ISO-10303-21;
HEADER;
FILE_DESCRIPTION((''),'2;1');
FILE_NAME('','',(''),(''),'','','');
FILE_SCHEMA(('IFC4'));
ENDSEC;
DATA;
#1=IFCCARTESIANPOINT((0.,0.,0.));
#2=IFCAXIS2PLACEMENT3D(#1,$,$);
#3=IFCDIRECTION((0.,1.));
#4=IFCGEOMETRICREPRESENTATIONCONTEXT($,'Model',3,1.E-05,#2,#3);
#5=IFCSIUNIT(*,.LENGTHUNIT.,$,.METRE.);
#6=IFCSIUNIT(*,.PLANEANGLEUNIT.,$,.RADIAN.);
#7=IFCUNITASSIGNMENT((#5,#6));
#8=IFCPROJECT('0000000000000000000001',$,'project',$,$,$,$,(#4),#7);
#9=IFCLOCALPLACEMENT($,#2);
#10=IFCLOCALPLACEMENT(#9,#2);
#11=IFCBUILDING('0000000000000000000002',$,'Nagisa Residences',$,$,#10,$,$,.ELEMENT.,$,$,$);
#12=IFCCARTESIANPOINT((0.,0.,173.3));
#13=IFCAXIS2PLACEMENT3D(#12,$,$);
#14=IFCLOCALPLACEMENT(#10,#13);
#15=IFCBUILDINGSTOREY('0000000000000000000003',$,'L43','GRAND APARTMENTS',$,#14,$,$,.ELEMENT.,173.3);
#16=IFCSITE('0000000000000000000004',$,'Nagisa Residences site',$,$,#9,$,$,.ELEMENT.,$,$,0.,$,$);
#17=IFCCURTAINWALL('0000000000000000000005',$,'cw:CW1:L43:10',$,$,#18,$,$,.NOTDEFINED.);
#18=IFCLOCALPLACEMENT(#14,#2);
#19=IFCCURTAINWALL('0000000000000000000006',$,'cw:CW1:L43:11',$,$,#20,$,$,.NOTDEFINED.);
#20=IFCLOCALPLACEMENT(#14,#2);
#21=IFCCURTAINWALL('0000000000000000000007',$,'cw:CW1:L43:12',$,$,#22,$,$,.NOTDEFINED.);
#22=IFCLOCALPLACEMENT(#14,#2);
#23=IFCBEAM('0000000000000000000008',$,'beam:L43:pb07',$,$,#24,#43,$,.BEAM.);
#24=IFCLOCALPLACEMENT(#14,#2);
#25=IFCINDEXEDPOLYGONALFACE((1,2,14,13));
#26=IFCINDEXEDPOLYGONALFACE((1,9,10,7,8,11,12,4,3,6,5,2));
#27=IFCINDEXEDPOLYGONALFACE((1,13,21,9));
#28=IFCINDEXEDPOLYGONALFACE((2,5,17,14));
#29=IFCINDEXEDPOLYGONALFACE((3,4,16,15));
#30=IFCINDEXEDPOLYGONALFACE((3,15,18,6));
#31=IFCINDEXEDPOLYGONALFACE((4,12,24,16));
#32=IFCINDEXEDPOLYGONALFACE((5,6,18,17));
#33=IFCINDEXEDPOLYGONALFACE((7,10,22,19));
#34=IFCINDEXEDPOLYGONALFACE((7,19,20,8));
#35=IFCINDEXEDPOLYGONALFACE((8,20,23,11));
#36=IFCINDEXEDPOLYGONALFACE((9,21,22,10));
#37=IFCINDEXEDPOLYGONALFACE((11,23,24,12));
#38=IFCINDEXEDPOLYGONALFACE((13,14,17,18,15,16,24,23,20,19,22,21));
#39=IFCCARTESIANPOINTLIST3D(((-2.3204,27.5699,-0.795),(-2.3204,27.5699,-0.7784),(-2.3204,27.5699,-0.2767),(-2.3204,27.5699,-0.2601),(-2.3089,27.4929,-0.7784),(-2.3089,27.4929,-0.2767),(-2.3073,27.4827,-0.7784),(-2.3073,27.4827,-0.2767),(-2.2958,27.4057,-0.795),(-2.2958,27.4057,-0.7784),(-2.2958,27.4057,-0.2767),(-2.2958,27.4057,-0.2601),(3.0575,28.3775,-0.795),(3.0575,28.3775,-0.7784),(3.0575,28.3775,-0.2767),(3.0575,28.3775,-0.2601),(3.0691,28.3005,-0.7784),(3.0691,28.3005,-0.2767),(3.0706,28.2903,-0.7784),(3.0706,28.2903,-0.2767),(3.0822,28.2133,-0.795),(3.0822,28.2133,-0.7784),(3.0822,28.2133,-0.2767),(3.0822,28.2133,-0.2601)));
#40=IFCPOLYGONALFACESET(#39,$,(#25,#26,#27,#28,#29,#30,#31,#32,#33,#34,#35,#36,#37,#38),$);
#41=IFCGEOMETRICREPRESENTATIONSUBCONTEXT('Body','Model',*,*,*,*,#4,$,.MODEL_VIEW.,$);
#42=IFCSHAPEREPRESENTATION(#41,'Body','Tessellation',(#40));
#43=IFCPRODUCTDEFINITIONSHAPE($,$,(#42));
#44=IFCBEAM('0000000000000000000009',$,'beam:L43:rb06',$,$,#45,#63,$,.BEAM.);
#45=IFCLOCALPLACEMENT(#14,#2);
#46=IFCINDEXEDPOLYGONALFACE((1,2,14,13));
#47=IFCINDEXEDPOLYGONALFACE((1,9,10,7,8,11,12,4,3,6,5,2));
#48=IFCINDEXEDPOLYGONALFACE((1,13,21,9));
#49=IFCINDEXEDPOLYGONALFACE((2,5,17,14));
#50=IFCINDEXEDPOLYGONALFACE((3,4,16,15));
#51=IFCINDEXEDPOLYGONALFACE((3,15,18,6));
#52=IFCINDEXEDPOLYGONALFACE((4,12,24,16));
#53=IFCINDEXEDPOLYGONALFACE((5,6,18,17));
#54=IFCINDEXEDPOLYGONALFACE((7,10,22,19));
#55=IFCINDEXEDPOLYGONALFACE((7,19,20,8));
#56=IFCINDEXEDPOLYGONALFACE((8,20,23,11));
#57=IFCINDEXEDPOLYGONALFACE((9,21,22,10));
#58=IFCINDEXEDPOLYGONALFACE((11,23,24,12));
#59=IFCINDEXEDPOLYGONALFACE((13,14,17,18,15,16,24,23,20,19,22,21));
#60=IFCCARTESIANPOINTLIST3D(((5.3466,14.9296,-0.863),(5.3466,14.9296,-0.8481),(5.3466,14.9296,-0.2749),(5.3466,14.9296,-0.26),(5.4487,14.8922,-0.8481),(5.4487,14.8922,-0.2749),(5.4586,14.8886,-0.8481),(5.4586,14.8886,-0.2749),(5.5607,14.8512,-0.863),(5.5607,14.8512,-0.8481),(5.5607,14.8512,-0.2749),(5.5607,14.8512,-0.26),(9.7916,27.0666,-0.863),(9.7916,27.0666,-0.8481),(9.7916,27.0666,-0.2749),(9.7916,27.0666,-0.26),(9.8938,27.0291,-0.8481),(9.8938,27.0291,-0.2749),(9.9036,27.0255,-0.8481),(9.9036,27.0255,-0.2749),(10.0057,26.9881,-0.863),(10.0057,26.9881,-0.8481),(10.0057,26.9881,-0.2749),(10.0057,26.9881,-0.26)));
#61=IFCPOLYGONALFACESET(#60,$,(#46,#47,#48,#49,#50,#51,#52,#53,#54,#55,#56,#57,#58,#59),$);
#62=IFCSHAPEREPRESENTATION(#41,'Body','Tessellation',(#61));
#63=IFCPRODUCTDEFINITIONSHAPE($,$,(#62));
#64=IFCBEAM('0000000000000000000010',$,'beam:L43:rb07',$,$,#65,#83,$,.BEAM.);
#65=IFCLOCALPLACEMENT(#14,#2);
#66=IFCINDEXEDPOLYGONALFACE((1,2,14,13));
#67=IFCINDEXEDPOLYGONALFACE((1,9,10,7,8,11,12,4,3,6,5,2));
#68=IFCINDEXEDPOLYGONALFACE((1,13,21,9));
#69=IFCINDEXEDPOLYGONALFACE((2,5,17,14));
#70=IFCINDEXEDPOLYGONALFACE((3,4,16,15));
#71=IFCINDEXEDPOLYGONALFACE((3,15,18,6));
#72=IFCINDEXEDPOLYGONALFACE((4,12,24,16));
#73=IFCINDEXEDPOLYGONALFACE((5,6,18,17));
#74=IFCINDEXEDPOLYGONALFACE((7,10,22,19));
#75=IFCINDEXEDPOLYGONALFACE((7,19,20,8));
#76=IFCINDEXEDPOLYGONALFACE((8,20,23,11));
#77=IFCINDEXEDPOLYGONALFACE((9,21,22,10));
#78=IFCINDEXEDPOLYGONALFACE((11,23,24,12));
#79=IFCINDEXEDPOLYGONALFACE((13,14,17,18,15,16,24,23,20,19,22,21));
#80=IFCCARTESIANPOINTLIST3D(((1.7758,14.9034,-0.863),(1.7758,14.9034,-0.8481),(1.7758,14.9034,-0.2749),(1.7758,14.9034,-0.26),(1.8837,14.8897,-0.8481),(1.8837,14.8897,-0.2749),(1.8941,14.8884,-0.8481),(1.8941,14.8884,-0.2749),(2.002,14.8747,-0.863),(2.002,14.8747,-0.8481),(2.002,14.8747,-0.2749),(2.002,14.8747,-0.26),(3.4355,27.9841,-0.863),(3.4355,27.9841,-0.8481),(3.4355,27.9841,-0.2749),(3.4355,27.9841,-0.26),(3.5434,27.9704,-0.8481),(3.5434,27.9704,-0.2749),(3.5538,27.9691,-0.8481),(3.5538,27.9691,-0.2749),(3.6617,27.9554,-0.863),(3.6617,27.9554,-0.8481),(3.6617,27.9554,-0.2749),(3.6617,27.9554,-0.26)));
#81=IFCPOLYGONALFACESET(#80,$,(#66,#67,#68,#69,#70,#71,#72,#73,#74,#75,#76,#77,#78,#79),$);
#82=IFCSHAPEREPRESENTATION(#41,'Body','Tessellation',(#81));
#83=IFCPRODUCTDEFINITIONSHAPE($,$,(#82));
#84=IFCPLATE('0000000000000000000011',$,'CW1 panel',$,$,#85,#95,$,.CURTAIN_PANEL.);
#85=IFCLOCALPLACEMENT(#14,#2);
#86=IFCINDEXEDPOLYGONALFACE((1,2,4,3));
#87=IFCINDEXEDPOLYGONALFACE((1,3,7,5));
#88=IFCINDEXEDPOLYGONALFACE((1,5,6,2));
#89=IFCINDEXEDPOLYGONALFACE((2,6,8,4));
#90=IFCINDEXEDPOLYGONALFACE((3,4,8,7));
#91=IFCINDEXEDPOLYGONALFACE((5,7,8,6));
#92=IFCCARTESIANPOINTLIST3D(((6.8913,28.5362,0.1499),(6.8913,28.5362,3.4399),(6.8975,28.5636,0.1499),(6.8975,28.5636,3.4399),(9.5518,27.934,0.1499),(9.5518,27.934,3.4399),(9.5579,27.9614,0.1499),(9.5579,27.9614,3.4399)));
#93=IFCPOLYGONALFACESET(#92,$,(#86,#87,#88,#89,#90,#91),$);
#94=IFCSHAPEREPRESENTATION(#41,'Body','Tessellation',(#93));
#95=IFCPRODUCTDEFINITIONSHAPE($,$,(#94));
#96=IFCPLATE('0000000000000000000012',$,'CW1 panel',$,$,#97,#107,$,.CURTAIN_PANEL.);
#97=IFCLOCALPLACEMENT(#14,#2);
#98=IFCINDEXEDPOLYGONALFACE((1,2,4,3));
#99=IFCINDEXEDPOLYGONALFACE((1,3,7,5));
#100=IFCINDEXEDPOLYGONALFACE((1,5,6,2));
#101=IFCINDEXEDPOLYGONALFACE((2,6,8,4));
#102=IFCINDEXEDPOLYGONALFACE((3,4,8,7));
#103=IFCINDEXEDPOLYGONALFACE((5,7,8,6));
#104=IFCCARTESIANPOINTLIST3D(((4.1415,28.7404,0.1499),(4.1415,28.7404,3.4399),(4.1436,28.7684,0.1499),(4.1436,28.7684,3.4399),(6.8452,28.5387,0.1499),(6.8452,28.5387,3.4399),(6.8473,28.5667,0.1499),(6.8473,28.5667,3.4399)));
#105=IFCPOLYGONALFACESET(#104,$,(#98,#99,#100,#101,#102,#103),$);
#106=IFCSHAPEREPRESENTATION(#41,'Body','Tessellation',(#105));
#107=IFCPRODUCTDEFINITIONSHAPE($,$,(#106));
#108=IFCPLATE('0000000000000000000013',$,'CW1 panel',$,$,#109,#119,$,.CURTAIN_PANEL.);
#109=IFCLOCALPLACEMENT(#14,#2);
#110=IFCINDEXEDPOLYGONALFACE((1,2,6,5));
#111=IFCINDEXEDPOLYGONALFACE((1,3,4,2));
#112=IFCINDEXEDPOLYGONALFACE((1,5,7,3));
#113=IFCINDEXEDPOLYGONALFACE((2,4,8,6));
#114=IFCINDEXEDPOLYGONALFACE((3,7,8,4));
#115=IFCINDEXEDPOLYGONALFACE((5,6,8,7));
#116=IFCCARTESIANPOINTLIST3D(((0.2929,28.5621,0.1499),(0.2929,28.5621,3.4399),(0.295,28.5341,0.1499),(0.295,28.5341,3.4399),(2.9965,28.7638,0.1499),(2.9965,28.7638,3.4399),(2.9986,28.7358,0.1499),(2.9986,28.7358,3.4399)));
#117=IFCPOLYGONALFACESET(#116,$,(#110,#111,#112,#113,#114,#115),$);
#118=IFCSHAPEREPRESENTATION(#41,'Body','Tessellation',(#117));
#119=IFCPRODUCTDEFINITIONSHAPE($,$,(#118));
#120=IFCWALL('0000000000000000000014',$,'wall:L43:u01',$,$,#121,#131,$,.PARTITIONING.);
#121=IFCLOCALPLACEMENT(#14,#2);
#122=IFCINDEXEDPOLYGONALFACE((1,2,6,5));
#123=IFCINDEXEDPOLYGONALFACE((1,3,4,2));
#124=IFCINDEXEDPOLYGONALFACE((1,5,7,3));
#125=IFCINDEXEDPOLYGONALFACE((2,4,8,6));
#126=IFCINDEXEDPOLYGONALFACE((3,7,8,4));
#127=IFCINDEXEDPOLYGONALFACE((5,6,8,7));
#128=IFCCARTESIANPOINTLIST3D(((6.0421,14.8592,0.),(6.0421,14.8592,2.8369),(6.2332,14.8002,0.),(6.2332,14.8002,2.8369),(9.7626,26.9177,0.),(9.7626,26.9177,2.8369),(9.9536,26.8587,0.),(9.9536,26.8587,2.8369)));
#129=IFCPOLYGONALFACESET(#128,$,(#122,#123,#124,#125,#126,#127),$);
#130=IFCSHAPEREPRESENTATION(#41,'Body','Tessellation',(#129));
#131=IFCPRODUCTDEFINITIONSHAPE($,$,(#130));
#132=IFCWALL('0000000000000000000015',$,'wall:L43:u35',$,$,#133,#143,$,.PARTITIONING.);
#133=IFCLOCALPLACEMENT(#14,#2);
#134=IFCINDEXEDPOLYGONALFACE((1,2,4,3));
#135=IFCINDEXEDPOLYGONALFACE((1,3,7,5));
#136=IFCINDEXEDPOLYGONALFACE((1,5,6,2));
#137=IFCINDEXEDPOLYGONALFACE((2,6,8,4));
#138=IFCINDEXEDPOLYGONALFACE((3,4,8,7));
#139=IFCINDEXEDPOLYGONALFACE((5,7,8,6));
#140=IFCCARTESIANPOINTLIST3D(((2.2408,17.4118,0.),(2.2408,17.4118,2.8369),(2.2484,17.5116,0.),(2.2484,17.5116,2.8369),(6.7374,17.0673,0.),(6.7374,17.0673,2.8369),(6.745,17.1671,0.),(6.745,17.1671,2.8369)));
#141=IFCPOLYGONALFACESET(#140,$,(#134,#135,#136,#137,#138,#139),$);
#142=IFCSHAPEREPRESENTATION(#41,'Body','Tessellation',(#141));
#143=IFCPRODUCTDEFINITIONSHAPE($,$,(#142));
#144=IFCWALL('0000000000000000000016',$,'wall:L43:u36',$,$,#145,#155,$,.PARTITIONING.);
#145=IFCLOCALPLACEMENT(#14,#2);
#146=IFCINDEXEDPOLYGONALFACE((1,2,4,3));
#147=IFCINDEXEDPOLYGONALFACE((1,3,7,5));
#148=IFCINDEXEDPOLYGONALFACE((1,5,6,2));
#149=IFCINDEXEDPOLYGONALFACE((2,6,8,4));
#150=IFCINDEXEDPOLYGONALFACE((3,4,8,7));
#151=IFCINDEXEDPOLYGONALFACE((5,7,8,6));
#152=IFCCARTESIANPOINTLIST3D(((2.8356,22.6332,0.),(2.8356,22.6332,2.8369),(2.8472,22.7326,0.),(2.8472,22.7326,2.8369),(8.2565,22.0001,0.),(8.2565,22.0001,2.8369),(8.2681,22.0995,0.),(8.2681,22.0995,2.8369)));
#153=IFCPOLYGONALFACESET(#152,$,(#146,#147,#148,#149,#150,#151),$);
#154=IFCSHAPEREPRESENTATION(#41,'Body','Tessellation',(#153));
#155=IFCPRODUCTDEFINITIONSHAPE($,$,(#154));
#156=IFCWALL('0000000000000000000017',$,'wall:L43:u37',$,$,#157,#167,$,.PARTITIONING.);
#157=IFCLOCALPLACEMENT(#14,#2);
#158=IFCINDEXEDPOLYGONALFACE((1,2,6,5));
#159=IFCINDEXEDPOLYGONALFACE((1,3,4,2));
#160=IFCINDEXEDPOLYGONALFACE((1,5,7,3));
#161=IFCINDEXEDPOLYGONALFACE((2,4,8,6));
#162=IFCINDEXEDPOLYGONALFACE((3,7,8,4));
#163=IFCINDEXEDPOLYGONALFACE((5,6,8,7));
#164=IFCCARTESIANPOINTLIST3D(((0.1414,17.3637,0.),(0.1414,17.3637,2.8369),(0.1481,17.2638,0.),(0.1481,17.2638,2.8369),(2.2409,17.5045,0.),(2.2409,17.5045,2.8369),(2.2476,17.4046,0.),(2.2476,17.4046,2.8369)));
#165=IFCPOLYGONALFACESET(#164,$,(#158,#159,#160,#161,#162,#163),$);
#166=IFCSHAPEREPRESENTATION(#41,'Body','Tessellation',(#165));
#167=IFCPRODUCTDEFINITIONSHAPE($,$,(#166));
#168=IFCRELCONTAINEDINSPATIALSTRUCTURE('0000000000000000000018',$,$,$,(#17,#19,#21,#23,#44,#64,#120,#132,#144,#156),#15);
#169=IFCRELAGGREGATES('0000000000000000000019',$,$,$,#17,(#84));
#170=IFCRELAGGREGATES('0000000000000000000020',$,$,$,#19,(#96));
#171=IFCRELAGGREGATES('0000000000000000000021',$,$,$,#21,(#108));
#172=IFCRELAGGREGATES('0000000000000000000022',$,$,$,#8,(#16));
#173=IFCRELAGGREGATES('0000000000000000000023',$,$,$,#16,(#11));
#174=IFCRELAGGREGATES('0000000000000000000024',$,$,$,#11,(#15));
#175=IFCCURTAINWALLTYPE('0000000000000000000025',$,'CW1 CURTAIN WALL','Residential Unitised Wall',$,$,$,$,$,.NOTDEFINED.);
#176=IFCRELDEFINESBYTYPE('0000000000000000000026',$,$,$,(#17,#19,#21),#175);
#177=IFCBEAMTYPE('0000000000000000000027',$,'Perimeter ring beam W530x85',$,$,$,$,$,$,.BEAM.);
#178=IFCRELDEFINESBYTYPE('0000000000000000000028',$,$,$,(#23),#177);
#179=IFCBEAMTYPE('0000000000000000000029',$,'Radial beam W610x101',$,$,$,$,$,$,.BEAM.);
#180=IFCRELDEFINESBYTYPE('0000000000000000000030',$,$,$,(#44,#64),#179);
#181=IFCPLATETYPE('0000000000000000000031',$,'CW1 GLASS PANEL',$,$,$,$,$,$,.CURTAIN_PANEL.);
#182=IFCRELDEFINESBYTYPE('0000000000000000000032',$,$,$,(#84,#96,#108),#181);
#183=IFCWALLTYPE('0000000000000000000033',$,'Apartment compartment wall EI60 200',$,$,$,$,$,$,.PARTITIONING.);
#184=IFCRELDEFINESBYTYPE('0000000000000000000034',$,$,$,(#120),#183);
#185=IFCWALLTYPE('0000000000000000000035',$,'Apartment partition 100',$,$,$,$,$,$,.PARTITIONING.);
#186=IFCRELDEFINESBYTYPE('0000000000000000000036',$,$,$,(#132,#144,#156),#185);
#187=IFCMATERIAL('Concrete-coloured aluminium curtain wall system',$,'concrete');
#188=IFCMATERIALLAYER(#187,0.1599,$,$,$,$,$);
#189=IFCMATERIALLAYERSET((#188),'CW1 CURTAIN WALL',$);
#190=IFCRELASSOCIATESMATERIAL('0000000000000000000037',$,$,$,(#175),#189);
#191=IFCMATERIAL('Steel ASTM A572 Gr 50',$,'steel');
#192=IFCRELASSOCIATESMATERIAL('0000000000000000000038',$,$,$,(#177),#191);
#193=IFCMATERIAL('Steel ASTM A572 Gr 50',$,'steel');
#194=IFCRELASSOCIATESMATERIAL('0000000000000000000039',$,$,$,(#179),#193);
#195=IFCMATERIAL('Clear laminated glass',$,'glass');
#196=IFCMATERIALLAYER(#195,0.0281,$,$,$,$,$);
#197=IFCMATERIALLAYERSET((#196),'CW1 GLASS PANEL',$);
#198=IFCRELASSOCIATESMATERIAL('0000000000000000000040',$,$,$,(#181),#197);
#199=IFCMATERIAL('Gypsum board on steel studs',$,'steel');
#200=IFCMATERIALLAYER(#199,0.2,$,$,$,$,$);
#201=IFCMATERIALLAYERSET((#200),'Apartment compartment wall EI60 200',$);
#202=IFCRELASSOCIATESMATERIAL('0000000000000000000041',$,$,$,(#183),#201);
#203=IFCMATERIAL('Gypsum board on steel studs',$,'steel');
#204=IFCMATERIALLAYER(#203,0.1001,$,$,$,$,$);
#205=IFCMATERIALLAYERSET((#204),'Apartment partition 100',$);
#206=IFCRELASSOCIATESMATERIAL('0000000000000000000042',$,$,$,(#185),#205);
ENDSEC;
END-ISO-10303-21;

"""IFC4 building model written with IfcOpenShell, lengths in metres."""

from ifc_helpers import new_model, si_unit, direction, frame, frame_2d, origin, origin_2d, place, context, subcontext, project, spatial, rectangle, i_section, extrude, material, layer, layer_set, material_profile, profile_set, type_object, element, aggregate, save


model = new_model("IFC4")

# Units and contexts
model_context = context("Model", 3, precision=1e-05, world=origin(), true_north=direction((0.0, 1.0)))
body_context = subcontext(model_context, "Body", "Model", "MODEL_VIEW")
ifc_project = project(units=[si_unit("LENGTHUNIT", "METRE"), si_unit("PLANEANGLEUNIT", "RADIAN")], contexts=[model_context])

# Site, building, storey
site_placement = place(None, origin())
site = spatial("IfcSite", under=ifc_project, at=site_placement, Name="Nagisa Residences site", CompositionType="ELEMENT", RefElevation=0.0)
building_placement = place(site_placement, origin())
building = spatial("IfcBuilding", under=site, at=building_placement, Name="Nagisa Residences", CompositionType="ELEMENT")
storey_placement = place(building_placement, frame((0.0, 0.0, 173.3)))
storey = spatial("IfcBuildingStorey", under=building, at=storey_placement, Name="L43", Description="GRAND APARTMENTS", CompositionType="ELEMENT", Elevation=173.3)

# Curtain walls
ifc_material_1 = material(Name="Concrete-coloured aluminium curtain wall system", Category="concrete")
ifc_layer_1 = layer(ifc_material_1, 0.1599)
ifc_layer_set_1 = layer_set([ifc_layer_1], Name="CW1 CURTAIN WALL")
curtain_wall_type = type_object("IfcCurtainWallType", Name="CW1 CURTAIN WALL", Description="Residential Unitised Wall", PredefinedType="NOTDEFINED", material=ifc_layer_set_1)
curtain_wall_1_placement = place(storey_placement, origin())
curtain_wall_1 = element("IfcCurtainWall", 1, at=curtain_wall_1_placement, inside=storey, type_object=curtain_wall_type, Name="cw:CW1:L43:10", PredefinedType="NOTDEFINED")
curtain_wall_2_placement = place(storey_placement, origin())
curtain_wall_2 = element("IfcCurtainWall", 2, at=curtain_wall_2_placement, inside=storey, type_object=curtain_wall_type, Name="cw:CW1:L43:11", PredefinedType="NOTDEFINED")
curtain_wall_3_placement = place(storey_placement, origin())
curtain_wall_3 = element("IfcCurtainWall", 3, at=curtain_wall_3_placement, inside=storey, type_object=curtain_wall_type, Name="cw:CW1:L43:12", PredefinedType="NOTDEFINED")

# Beams
ifc_material_2 = material(Name="Steel ASTM A572 Gr 50", Category="steel")
ifc_material_profile_1 = material_profile(ifc_material_2, i_section(OverallWidth=0.166, OverallDepth=0.5349, WebThickness=0.0103, FlangeThickness=0.0166, at=origin_2d()), Name="W530x85")
ifc_profile_set_1 = profile_set([ifc_material_profile_1], Name="Steel ASTM A572 Gr 50")
beam_type_1 = type_object("IfcBeamType", Name="Perimeter ring beam W530x85", PredefinedType="BEAM", material=ifc_profile_set_1)
for number, where, z_axis, x_axis, name in (
    (4, (3.0698, 28.2954, -0.5276), (-0.988911, -0.148507, 0.0), (0.148507, -0.988911, 0.0), "beam:L43:pb07"),
):
    element("IfcBeam", number, at=place(storey_placement, frame(where, z_axis=z_axis, x_axis=x_axis)), inside=storey, type_object=beam_type_1, Name=name, PredefinedType="BEAM", context=body_context, shape_type="SweptSolid", body=[
        extrude(i_section(OverallWidth=0.166, OverallDepth=0.5349, WebThickness=0.0103, FlangeThickness=0.0166, at=origin_2d()), origin(), (0.0, 0.0, 1.0), 5.4382),
    ])
ifc_material_3 = material(Name="Steel ASTM A572 Gr 50", Category="steel")
ifc_material_profile_2 = material_profile(ifc_material_3, i_section(OverallWidth=0.228, OverallDepth=0.603, WebThickness=0.0105, FlangeThickness=0.0149, at=origin_2d()), Name="W610x101")
ifc_profile_set_2 = profile_set([ifc_material_profile_2], Name="Steel ASTM A572 Gr 50")
beam_type_2 = type_object("IfcBeamType", Name="Radial beam W610x101", PredefinedType="BEAM", material=ifc_profile_set_2)
beam_1_placement = place(storey_placement, frame((9.8987, 27.0273, -0.5615), z_axis=(-0.343903, -0.939005, 0.0), x_axis=(0.939005, -0.343903, 0.0)))
element("IfcBeam", 5, at=beam_1_placement, inside=storey, type_object=beam_type_2, Name="beam:L43:rb06", PredefinedType="BEAM", context=body_context, shape_type="SweptSolid", body=[
    extrude(i_section(OverallWidth=0.228, OverallDepth=0.603, WebThickness=0.0105, FlangeThickness=0.0149, at=origin_2d()), origin(), (0.0, 0.0, 1.0), 12.9253),
])
beam_2_placement = place(storey_placement, frame((3.5486, 27.9697, -0.5615), z_axis=(-0.125871, -0.992047, 0.0), x_axis=(0.992047, -0.125871, 0.0)))
element("IfcBeam", 6, at=beam_2_placement, inside=storey, type_object=beam_type_2, Name="beam:L43:rb07", PredefinedType="BEAM", context=body_context, shape_type="SweptSolid", body=[
    extrude(i_section(OverallWidth=0.228, OverallDepth=0.603, WebThickness=0.0105, FlangeThickness=0.0149, at=origin_2d()), origin(), (0.0, 0.0, 1.0), 13.1855),
])

# Plates
ifc_material_4 = material(Name="Clear laminated glass", Category="glass")
ifc_layer_2 = layer(ifc_material_4, 0.0281)
ifc_layer_set_2 = layer_set([ifc_layer_2], Name="CW1 GLASS PANEL")
plate_type = type_object("IfcPlateType", Name="CW1 GLASS PANEL", PredefinedType="CURTAIN_PANEL", material=ifc_layer_set_2)
plate_1_placement = place(storey_placement, frame((8.2246, 28.2488, 0.1499), z_axis=(0.0, 0.0, 1.0), x_axis=(-0.975327, 0.220764, 0.0)))
plate_1 = element("IfcPlate", 7, at=plate_1_placement, type_object=plate_type, Name="CW1 panel", PredefinedType="CURTAIN_PANEL", context=body_context, shape_type="SweptSolid", body=[
    extrude(rectangle(XDim=2.7278, YDim=0.0281, at=origin_2d()), origin(), (0.0, 0.0, 1.0), 3.29),
])
aggregate(curtain_wall_1, [plate_1])
plate_2_placement = place(storey_placement, frame((5.4944, 28.6536, 0.1499), z_axis=(0.0, 0.0, 1.0), x_axis=(-0.99723, 0.074377, 0.0)))
plate_2 = element("IfcPlate", 8, at=plate_2_placement, type_object=plate_type, Name="CW1 panel", PredefinedType="CURTAIN_PANEL", context=body_context, shape_type="SweptSolid", body=[
    extrude(rectangle(XDim=2.7112, YDim=0.0281, at=origin_2d()), origin(), (0.0, 0.0, 1.0), 3.29),
])
aggregate(curtain_wall_2, [plate_2])
plate_3_placement = place(storey_placement, frame((1.6458, 28.6489, 0.1499), z_axis=(0.0, 0.0, 1.0), x_axis=(-0.99723, -0.074377, 0.0)))
plate_3 = element("IfcPlate", 9, at=plate_3_placement, type_object=plate_type, Name="CW1 panel", PredefinedType="CURTAIN_PANEL", context=body_context, shape_type="SweptSolid", body=[
    extrude(rectangle(XDim=2.7112, YDim=0.0281, at=origin_2d()), origin(), (0.0, 0.0, 1.0), 3.29),
])
aggregate(curtain_wall_3, [plate_3])

# Walls
ifc_material_5 = material(Name="Gypsum board on steel studs", Category="steel")
ifc_layer_3 = layer(ifc_material_5, 0.2)
ifc_layer_set_3 = layer_set([ifc_layer_3], Name="Apartment compartment wall EI60 200")
wall_type_1 = type_object("IfcWallType", Name="Apartment compartment wall EI60 200", PredefinedType="PARTITIONING", material=ifc_layer_set_3)
wall_1_placement = place(storey_placement, frame((6.1377, 14.8298, 0.0), z_axis=(0.0, 0.0, 1.0), x_axis=(0.294819, 0.955553, 0.0)))
element("IfcWall", 10, at=wall_1_placement, inside=storey, type_object=wall_type_1, Name="wall:L43:u01", PredefinedType="PARTITIONING", context=body_context, shape_type="SweptSolid", body=[
    extrude(rectangle(XDim=12.6194, YDim=0.2, at=frame_2d((6.3096, 0.0))), origin(), (0.0, 0.0, 1.0), 2.8369),
])
ifc_material_6 = material(Name="Gypsum board on steel studs", Category="steel")
ifc_layer_4 = layer(ifc_material_6, 0.1001)
ifc_layer_set_4 = layer_set([ifc_layer_4], Name="Apartment partition 100")
wall_type_2 = type_object("IfcWallType", Name="Apartment partition 100", PredefinedType="PARTITIONING", material=ifc_layer_set_4)
wall_2_placement = place(storey_placement, frame((6.7412, 17.1172, 0.0), z_axis=(0.0, 0.0, 1.0), x_axis=(-0.997078, 0.076386, 0.0)))
element("IfcWall", 11, at=wall_2_placement, inside=storey, type_object=wall_type_2, Name="wall:L43:u35", PredefinedType="PARTITIONING", context=body_context, shape_type="SweptSolid", body=[
    extrude(rectangle(XDim=4.5098, YDim=0.1001, at=frame_2d((2.2549, 0.0))), origin(), (0.0, 0.0, 1.0), 2.8369),
])
wall_3_placement = place(storey_placement, frame((8.2625, 22.0498, 0.0), z_axis=(0.0, 0.0, 1.0), x_axis=(-0.99325, 0.115993, 0.0)))
element("IfcWall", 12, at=wall_3_placement, inside=storey, type_object=wall_type_2, Name="wall:L43:u36", PredefinedType="PARTITIONING", context=body_context, shape_type="SweptSolid", body=[
    extrude(rectangle(XDim=5.4578, YDim=0.1001, at=frame_2d((2.729, 0.0))), origin(), (0.0, 0.0, 1.0), 2.8369),
])
wall_4_placement = place(storey_placement, frame((2.2444, 17.4546, 0.0), z_axis=(0.0, 0.0, 1.0), x_axis=(-0.997757, -0.066943, 0.0)))
element("IfcWall", 13, at=wall_4_placement, inside=storey, type_object=wall_type_2, Name="wall:L43:u37", PredefinedType="PARTITIONING", context=body_context, shape_type="SweptSolid", body=[
    extrude(rectangle(XDim=2.1042, YDim=0.1001, at=frame_2d((1.0522, 0.0))), origin(), (0.0, 0.0, 1.0), 2.8369),
])

save(model, "model.ifc")
